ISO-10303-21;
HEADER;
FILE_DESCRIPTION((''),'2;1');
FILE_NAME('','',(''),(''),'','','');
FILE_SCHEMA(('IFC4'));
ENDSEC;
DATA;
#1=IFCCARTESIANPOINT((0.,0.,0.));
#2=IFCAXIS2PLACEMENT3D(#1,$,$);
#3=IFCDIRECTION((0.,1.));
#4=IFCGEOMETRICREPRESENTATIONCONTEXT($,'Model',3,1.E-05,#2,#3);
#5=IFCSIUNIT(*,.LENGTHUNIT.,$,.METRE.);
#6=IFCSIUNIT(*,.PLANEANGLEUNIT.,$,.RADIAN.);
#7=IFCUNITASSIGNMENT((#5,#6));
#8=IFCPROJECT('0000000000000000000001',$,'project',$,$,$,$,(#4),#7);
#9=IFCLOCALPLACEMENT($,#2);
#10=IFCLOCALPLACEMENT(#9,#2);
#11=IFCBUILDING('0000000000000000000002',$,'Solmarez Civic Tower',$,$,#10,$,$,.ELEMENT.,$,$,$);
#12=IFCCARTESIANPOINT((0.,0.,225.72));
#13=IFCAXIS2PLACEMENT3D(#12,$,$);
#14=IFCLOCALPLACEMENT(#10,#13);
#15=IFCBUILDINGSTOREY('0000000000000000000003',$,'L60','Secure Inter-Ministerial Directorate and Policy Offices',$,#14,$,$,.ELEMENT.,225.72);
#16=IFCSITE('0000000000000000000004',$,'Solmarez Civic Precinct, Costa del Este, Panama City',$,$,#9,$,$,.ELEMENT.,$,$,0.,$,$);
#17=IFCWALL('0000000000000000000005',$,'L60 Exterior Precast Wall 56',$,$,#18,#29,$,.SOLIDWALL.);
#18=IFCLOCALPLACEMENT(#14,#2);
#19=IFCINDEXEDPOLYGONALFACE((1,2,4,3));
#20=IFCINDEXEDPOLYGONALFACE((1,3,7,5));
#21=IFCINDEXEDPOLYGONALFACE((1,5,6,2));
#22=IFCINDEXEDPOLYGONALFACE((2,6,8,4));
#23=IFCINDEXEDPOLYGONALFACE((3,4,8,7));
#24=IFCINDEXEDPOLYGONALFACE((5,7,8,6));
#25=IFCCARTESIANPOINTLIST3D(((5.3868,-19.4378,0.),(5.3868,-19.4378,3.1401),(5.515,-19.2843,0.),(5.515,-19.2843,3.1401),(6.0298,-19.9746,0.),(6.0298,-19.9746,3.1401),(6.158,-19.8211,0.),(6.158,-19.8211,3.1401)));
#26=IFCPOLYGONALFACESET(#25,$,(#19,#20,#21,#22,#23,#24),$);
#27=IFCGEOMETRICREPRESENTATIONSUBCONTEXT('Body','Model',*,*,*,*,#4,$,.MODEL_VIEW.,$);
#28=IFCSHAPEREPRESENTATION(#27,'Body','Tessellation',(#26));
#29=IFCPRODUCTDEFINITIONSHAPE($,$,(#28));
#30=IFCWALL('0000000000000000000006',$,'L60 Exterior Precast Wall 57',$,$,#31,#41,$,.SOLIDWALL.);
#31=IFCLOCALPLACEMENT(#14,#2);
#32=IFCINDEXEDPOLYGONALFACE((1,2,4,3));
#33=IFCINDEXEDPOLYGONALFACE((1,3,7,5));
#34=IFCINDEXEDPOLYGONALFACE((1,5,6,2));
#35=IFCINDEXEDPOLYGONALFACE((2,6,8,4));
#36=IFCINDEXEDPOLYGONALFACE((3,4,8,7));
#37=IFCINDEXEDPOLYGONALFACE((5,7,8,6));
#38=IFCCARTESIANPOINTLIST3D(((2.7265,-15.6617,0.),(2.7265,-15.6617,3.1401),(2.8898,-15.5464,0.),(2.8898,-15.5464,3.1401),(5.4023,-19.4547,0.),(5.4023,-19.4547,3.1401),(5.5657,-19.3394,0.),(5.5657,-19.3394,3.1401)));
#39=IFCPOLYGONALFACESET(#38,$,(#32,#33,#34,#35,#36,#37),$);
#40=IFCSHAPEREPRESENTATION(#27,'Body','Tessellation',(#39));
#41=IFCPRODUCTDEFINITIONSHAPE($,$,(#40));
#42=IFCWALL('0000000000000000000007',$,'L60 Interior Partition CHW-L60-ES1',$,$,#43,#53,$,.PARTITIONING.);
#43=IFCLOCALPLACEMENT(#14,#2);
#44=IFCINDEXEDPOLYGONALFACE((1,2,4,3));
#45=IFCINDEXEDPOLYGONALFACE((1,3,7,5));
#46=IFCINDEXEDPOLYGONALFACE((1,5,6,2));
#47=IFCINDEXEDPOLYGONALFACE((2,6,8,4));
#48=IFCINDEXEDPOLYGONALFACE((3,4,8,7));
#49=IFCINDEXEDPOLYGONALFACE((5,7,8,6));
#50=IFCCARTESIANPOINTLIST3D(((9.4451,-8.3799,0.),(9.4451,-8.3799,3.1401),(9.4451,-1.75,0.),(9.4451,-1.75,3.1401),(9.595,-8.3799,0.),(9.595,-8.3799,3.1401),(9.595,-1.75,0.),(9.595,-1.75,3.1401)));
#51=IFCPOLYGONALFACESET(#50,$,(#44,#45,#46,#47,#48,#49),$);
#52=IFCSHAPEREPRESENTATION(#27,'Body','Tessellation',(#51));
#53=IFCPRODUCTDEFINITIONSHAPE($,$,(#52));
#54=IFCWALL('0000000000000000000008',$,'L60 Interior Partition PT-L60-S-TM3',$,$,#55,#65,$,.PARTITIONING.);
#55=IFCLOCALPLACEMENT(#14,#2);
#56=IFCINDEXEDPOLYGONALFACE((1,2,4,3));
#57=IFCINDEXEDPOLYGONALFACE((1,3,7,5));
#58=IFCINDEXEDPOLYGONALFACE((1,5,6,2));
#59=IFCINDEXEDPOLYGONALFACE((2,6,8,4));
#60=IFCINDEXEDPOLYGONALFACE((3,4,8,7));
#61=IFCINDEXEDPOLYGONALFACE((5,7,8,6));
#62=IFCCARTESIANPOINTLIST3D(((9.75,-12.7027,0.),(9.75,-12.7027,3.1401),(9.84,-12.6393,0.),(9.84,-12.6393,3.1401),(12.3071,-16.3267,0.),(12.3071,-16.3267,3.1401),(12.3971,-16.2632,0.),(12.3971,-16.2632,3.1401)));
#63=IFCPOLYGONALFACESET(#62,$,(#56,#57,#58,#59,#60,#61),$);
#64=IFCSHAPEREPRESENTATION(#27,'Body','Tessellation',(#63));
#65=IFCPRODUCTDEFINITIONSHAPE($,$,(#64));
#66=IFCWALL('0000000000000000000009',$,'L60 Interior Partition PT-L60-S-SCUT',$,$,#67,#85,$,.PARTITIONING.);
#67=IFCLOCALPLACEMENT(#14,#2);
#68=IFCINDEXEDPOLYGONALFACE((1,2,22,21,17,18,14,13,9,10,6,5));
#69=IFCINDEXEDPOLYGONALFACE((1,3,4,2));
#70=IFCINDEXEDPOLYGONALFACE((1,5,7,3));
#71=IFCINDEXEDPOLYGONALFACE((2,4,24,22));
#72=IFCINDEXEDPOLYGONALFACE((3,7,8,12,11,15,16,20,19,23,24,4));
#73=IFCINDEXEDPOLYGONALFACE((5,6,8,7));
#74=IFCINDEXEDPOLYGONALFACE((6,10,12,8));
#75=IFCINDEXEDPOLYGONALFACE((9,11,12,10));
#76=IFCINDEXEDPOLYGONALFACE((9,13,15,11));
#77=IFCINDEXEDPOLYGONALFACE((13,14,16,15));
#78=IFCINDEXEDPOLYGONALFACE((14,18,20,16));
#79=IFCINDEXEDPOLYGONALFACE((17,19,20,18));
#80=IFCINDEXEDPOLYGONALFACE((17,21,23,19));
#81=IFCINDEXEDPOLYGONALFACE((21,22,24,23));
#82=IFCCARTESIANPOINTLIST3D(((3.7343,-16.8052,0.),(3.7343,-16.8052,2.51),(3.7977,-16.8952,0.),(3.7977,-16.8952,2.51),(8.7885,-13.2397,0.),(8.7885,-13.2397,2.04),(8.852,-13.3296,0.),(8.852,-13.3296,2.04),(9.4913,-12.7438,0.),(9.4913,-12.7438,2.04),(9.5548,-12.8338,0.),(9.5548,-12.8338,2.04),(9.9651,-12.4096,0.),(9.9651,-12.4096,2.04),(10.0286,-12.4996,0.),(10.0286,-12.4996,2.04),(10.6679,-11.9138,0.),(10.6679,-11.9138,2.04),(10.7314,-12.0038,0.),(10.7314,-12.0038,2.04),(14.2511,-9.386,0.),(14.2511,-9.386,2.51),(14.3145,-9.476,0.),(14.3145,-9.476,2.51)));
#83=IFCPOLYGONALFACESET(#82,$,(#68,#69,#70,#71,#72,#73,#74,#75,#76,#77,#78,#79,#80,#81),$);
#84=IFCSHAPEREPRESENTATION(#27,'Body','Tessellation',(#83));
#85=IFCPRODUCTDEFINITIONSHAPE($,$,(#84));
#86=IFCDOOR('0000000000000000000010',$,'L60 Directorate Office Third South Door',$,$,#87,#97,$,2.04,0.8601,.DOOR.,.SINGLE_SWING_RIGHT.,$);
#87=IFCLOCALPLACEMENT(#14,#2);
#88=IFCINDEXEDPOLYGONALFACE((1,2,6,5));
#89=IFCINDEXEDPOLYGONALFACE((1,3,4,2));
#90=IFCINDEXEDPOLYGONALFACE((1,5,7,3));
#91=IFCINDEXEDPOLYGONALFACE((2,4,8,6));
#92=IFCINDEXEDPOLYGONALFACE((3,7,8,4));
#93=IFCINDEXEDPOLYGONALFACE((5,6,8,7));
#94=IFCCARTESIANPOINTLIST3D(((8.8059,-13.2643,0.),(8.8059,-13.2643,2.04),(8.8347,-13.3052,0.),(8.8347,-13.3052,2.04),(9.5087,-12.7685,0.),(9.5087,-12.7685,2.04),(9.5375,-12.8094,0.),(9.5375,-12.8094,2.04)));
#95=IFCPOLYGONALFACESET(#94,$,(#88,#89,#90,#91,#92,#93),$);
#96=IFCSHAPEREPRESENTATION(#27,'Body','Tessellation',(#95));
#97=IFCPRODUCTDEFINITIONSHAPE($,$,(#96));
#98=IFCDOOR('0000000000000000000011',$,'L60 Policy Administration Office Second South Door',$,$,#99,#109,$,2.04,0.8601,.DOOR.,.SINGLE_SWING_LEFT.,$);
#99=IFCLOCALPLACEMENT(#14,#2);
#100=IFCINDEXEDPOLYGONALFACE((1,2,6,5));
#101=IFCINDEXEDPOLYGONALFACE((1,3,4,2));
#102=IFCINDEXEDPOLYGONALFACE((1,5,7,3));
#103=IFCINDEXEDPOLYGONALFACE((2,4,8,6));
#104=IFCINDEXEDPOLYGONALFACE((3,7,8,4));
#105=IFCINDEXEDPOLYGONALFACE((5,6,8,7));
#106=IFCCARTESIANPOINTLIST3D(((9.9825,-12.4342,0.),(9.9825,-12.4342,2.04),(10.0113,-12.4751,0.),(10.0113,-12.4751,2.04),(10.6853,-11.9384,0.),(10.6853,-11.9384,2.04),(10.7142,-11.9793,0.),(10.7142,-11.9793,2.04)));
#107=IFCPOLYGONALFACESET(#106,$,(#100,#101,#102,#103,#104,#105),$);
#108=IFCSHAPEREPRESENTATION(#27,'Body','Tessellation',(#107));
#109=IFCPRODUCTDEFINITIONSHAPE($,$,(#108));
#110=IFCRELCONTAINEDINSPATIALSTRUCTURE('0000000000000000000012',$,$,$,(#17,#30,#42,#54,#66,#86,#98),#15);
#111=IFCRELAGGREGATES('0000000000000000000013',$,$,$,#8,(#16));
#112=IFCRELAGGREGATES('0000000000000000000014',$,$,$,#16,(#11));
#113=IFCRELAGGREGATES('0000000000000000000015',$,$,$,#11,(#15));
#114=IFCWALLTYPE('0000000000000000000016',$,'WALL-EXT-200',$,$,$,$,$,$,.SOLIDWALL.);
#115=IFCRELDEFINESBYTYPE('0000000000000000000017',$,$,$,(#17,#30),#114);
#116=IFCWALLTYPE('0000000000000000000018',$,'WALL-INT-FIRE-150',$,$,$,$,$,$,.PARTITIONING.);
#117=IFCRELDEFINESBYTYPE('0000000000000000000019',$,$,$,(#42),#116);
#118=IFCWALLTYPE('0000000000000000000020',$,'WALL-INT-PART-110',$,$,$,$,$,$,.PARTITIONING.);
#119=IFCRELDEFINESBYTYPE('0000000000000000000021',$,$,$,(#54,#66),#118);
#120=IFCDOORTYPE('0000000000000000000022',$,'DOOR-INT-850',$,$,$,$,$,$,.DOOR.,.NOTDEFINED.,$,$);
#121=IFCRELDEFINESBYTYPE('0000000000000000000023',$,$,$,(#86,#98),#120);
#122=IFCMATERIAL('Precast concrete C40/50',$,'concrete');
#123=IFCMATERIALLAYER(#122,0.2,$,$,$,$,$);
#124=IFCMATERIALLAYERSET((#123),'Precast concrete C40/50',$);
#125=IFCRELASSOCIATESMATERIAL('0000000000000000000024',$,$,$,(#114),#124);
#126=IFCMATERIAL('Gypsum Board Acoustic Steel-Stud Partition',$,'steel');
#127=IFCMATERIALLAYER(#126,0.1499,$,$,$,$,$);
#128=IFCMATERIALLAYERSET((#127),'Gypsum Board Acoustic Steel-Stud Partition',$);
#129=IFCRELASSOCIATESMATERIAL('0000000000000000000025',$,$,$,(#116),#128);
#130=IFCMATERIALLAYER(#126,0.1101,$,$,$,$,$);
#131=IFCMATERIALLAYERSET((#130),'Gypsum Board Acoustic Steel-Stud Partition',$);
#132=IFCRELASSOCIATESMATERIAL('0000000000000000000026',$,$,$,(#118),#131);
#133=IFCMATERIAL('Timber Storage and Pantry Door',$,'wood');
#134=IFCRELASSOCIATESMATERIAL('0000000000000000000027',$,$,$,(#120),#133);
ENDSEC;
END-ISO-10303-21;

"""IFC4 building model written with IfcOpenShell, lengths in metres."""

from ifc_helpers import new_model, si_unit, direction, frame, frame_2d, origin, place, context, subcontext, project, spatial, rectangle, extrude, material, layer, layer_set, type_object, element, fill, save


model = new_model("IFC4")

# Units and contexts
model_context = context("Model", 3, precision=1e-05, world=origin(), true_north=direction((0.0, 1.0)))
body_context = subcontext(model_context, "Body", "Model", "MODEL_VIEW")
ifc_project = project(units=[si_unit("LENGTHUNIT", "METRE"), si_unit("PLANEANGLEUNIT", "RADIAN")], contexts=[model_context])

# Site, building, storey
site_placement = place(None, origin())
site = spatial("IfcSite", under=ifc_project, at=site_placement, Name="Solmarez Civic Precinct, Costa del Este, Panama City", CompositionType="ELEMENT", RefElevation=0.0)
building_placement = place(site_placement, origin())
building = spatial("IfcBuilding", under=site, at=building_placement, Name="Solmarez Civic Tower", CompositionType="ELEMENT")
storey_placement = place(building_placement, frame((0.0, 0.0, 225.72)))
storey = spatial("IfcBuildingStorey", under=building, at=storey_placement, Name="L60", Description="Secure Inter-Ministerial Directorate and Policy Offices", CompositionType="ELEMENT", Elevation=225.72)

# Shared definitions
ifc_material_1 = material(Name="Precast concrete C40/50", Category="concrete")
ifc_layer_1 = layer(ifc_material_1, 0.2)
ifc_layer_set_1 = layer_set([ifc_layer_1], Name="Precast concrete C40/50")
wall_type_1 = type_object("IfcWallType", Name="WALL-EXT-200", PredefinedType="SOLIDWALL", material=ifc_layer_set_1)

# Walls
wall_1_placement = place(storey_placement, frame((6.094, -19.8979, 0.0), z_axis=(0.0, 0.0, 1.0), x_axis=(-0.767648, 0.640872, 0.0)))
element("IfcWall", 1, at=wall_1_placement, inside=storey, type_object=wall_type_1, Name="L60 Exterior Precast Wall 56", PredefinedType="SOLIDWALL", context=body_context, shape_type="SweptSolid", body=[
    extrude(rectangle(XDim=0.8376, YDim=0.2, at=frame_2d((0.4189, 0.0))), origin(), (0.0, 0.0, 1.0), 3.1401),
])
wall_2_placement = place(storey_placement, frame((5.4839, -19.397, 0.0), z_axis=(0.0, 0.0, 1.0), x_axis=(-0.576452, 0.817131, 0.0)))
element("IfcWall", 2, at=wall_2_placement, inside=storey, type_object=wall_type_1, Name="L60 Exterior Precast Wall 57", PredefinedType="SOLIDWALL", context=body_context, shape_type="SweptSolid", body=[
    extrude(rectangle(XDim=4.6418, YDim=0.2, at=frame_2d((2.3208, 0.0))), origin(), (0.0, 0.0, 1.0), 3.1401),
])
ifc_material_2 = material(Name="Gypsum Board Acoustic Steel-Stud Partition", Category="steel")
ifc_layer_2 = layer(ifc_material_2, 0.1499)
ifc_layer_set_2 = layer_set([ifc_layer_2], Name="Gypsum Board Acoustic Steel-Stud Partition")
wall_type_2 = type_object("IfcWallType", Name="WALL-INT-FIRE-150", PredefinedType="PARTITIONING", material=ifc_layer_set_2)
wall_3_placement = place(storey_placement, frame((9.52, -8.3799, 0.0), z_axis=(0.0, 0.0, 1.0), x_axis=(0.0, 1.0, 0.0)))
element("IfcWall", 3, at=wall_3_placement, inside=storey, type_object=wall_type_2, Name="L60 Interior Partition CHW-L60-ES1", PredefinedType="PARTITIONING", context=body_context, shape_type="SweptSolid", body=[
    extrude(rectangle(XDim=6.6299, YDim=0.1499, at=frame_2d((3.3149, 0.0))), origin(), (0.0, 0.0, 1.0), 3.1401),
])
ifc_layer_3 = layer(ifc_material_2, 0.1101)
ifc_layer_set_3 = layer_set([ifc_layer_3], Name="Gypsum Board Acoustic Steel-Stud Partition")
wall_type_3 = type_object("IfcWallType", Name="WALL-INT-PART-110", PredefinedType="PARTITIONING", material=ifc_layer_set_3)
wall_4_placement = place(storey_placement, frame((9.7949, -12.6709, 0.0), z_axis=(0.0, 0.0, 1.0), x_axis=(0.576532, -0.817075, 0.0)))
element("IfcWall", 4, at=wall_4_placement, inside=storey, type_object=wall_type_3, Name="L60 Interior Partition PT-L60-S-TM3", PredefinedType="PARTITIONING", context=body_context, shape_type="SweptSolid", body=[
    extrude(rectangle(XDim=4.4353, YDim=0.1101, at=frame_2d((2.2178, 0.0))), origin(), (0.0, 0.0, 1.0), 3.1401),
])

# Wall, openings, doors
wall_5_placement = place(storey_placement, frame((3.7661, -16.8501, 0.0), z_axis=(0.0, 0.0, 1.0), x_axis=(0.817131, 0.576452, 0.0)))
wall_5 = element("IfcWall", 5, at=wall_5_placement, inside=storey, type_object=wall_type_3, Name="L60 Interior Partition PT-L60-S-SCUT", PredefinedType="PARTITIONING", context=body_context, shape_type="SweptSolid", body=[
    extrude(rectangle(XDim=12.8704, YDim=0.1101, at=frame_2d((6.4351, 0.0))), origin(), (0.0, 0.0, 1.0), 2.51),
])
opening_1_placement = place(wall_5_placement, frame((6.1851, 0.0, 0.0)))
opening_1 = element("IfcOpeningElement", 6, at=opening_1_placement, cuts=wall_5, PredefinedType="OPENING", context=body_context, shape_type="SweptSolid", body=[
    extrude(rectangle(XDim=0.8601, YDim=2.04, at=frame_2d((0.4302, 1.02))), frame((0.0, 0.0649, 0.0), z_axis=(0.0, -1.0, 0.0), x_axis=(1.0, 0.0, 0.0)), (0.0, 0.0, 1.0), 0.1301),
])
opening_2_placement = place(wall_5_placement, frame((7.625, 0.0, 0.0)))
opening_2 = element("IfcOpeningElement", 7, at=opening_2_placement, cuts=wall_5, PredefinedType="OPENING", context=body_context, shape_type="SweptSolid", body=[
    extrude(rectangle(XDim=0.8601, YDim=2.04, at=frame_2d((0.4302, 1.02))), frame((0.0, 0.0649, 0.0), z_axis=(0.0, -1.0, 0.0), x_axis=(1.0, 0.0, 0.0)), (0.0, 0.0, 1.0), 0.1301),
])
ifc_material_3 = material(Name="Timber Storage and Pantry Door", Category="wood")
door_type = type_object("IfcDoorType", Name="DOOR-INT-850", OperationType="NOTDEFINED", PredefinedType="DOOR", material=ifc_material_3)
door_1_placement = place(opening_1_placement, origin())
door_1 = element("IfcDoor", 8, at=door_1_placement, inside=storey, type_object=door_type, Name="L60 Directorate Office Third South Door", OperationType="SINGLE_SWING_RIGHT", OverallHeight=2.04, OverallWidth=0.8601, PredefinedType="DOOR", context=body_context, shape_type="SweptSolid", body=[
    extrude(rectangle(XDim=0.8601, YDim=2.04, at=frame_2d((0.4302, 1.02))), frame((0.0, 0.0249, 0.0), z_axis=(0.0, -1.0, 0.0), x_axis=(1.0, 0.0, 0.0)), (0.0, 0.0, 1.0), 0.05),
])
fill(opening_1, door_1)
door_2_placement = place(opening_2_placement, origin())
door_2 = element("IfcDoor", 9, at=door_2_placement, inside=storey, type_object=door_type, Name="L60 Policy Administration Office Second South Door", OperationType="SINGLE_SWING_LEFT", OverallHeight=2.04, OverallWidth=0.8601, PredefinedType="DOOR", context=body_context, shape_type="SweptSolid", body=[
    extrude(rectangle(XDim=0.8601, YDim=2.04, at=frame_2d((0.4302, 1.02))), frame((0.0, 0.0249, 0.0), z_axis=(0.0, -1.0, 0.0), x_axis=(1.0, 0.0, 0.0)), (0.0, 0.0, 1.0), 0.05),
])
fill(opening_2, door_2)

save(model, "model.ifc")
